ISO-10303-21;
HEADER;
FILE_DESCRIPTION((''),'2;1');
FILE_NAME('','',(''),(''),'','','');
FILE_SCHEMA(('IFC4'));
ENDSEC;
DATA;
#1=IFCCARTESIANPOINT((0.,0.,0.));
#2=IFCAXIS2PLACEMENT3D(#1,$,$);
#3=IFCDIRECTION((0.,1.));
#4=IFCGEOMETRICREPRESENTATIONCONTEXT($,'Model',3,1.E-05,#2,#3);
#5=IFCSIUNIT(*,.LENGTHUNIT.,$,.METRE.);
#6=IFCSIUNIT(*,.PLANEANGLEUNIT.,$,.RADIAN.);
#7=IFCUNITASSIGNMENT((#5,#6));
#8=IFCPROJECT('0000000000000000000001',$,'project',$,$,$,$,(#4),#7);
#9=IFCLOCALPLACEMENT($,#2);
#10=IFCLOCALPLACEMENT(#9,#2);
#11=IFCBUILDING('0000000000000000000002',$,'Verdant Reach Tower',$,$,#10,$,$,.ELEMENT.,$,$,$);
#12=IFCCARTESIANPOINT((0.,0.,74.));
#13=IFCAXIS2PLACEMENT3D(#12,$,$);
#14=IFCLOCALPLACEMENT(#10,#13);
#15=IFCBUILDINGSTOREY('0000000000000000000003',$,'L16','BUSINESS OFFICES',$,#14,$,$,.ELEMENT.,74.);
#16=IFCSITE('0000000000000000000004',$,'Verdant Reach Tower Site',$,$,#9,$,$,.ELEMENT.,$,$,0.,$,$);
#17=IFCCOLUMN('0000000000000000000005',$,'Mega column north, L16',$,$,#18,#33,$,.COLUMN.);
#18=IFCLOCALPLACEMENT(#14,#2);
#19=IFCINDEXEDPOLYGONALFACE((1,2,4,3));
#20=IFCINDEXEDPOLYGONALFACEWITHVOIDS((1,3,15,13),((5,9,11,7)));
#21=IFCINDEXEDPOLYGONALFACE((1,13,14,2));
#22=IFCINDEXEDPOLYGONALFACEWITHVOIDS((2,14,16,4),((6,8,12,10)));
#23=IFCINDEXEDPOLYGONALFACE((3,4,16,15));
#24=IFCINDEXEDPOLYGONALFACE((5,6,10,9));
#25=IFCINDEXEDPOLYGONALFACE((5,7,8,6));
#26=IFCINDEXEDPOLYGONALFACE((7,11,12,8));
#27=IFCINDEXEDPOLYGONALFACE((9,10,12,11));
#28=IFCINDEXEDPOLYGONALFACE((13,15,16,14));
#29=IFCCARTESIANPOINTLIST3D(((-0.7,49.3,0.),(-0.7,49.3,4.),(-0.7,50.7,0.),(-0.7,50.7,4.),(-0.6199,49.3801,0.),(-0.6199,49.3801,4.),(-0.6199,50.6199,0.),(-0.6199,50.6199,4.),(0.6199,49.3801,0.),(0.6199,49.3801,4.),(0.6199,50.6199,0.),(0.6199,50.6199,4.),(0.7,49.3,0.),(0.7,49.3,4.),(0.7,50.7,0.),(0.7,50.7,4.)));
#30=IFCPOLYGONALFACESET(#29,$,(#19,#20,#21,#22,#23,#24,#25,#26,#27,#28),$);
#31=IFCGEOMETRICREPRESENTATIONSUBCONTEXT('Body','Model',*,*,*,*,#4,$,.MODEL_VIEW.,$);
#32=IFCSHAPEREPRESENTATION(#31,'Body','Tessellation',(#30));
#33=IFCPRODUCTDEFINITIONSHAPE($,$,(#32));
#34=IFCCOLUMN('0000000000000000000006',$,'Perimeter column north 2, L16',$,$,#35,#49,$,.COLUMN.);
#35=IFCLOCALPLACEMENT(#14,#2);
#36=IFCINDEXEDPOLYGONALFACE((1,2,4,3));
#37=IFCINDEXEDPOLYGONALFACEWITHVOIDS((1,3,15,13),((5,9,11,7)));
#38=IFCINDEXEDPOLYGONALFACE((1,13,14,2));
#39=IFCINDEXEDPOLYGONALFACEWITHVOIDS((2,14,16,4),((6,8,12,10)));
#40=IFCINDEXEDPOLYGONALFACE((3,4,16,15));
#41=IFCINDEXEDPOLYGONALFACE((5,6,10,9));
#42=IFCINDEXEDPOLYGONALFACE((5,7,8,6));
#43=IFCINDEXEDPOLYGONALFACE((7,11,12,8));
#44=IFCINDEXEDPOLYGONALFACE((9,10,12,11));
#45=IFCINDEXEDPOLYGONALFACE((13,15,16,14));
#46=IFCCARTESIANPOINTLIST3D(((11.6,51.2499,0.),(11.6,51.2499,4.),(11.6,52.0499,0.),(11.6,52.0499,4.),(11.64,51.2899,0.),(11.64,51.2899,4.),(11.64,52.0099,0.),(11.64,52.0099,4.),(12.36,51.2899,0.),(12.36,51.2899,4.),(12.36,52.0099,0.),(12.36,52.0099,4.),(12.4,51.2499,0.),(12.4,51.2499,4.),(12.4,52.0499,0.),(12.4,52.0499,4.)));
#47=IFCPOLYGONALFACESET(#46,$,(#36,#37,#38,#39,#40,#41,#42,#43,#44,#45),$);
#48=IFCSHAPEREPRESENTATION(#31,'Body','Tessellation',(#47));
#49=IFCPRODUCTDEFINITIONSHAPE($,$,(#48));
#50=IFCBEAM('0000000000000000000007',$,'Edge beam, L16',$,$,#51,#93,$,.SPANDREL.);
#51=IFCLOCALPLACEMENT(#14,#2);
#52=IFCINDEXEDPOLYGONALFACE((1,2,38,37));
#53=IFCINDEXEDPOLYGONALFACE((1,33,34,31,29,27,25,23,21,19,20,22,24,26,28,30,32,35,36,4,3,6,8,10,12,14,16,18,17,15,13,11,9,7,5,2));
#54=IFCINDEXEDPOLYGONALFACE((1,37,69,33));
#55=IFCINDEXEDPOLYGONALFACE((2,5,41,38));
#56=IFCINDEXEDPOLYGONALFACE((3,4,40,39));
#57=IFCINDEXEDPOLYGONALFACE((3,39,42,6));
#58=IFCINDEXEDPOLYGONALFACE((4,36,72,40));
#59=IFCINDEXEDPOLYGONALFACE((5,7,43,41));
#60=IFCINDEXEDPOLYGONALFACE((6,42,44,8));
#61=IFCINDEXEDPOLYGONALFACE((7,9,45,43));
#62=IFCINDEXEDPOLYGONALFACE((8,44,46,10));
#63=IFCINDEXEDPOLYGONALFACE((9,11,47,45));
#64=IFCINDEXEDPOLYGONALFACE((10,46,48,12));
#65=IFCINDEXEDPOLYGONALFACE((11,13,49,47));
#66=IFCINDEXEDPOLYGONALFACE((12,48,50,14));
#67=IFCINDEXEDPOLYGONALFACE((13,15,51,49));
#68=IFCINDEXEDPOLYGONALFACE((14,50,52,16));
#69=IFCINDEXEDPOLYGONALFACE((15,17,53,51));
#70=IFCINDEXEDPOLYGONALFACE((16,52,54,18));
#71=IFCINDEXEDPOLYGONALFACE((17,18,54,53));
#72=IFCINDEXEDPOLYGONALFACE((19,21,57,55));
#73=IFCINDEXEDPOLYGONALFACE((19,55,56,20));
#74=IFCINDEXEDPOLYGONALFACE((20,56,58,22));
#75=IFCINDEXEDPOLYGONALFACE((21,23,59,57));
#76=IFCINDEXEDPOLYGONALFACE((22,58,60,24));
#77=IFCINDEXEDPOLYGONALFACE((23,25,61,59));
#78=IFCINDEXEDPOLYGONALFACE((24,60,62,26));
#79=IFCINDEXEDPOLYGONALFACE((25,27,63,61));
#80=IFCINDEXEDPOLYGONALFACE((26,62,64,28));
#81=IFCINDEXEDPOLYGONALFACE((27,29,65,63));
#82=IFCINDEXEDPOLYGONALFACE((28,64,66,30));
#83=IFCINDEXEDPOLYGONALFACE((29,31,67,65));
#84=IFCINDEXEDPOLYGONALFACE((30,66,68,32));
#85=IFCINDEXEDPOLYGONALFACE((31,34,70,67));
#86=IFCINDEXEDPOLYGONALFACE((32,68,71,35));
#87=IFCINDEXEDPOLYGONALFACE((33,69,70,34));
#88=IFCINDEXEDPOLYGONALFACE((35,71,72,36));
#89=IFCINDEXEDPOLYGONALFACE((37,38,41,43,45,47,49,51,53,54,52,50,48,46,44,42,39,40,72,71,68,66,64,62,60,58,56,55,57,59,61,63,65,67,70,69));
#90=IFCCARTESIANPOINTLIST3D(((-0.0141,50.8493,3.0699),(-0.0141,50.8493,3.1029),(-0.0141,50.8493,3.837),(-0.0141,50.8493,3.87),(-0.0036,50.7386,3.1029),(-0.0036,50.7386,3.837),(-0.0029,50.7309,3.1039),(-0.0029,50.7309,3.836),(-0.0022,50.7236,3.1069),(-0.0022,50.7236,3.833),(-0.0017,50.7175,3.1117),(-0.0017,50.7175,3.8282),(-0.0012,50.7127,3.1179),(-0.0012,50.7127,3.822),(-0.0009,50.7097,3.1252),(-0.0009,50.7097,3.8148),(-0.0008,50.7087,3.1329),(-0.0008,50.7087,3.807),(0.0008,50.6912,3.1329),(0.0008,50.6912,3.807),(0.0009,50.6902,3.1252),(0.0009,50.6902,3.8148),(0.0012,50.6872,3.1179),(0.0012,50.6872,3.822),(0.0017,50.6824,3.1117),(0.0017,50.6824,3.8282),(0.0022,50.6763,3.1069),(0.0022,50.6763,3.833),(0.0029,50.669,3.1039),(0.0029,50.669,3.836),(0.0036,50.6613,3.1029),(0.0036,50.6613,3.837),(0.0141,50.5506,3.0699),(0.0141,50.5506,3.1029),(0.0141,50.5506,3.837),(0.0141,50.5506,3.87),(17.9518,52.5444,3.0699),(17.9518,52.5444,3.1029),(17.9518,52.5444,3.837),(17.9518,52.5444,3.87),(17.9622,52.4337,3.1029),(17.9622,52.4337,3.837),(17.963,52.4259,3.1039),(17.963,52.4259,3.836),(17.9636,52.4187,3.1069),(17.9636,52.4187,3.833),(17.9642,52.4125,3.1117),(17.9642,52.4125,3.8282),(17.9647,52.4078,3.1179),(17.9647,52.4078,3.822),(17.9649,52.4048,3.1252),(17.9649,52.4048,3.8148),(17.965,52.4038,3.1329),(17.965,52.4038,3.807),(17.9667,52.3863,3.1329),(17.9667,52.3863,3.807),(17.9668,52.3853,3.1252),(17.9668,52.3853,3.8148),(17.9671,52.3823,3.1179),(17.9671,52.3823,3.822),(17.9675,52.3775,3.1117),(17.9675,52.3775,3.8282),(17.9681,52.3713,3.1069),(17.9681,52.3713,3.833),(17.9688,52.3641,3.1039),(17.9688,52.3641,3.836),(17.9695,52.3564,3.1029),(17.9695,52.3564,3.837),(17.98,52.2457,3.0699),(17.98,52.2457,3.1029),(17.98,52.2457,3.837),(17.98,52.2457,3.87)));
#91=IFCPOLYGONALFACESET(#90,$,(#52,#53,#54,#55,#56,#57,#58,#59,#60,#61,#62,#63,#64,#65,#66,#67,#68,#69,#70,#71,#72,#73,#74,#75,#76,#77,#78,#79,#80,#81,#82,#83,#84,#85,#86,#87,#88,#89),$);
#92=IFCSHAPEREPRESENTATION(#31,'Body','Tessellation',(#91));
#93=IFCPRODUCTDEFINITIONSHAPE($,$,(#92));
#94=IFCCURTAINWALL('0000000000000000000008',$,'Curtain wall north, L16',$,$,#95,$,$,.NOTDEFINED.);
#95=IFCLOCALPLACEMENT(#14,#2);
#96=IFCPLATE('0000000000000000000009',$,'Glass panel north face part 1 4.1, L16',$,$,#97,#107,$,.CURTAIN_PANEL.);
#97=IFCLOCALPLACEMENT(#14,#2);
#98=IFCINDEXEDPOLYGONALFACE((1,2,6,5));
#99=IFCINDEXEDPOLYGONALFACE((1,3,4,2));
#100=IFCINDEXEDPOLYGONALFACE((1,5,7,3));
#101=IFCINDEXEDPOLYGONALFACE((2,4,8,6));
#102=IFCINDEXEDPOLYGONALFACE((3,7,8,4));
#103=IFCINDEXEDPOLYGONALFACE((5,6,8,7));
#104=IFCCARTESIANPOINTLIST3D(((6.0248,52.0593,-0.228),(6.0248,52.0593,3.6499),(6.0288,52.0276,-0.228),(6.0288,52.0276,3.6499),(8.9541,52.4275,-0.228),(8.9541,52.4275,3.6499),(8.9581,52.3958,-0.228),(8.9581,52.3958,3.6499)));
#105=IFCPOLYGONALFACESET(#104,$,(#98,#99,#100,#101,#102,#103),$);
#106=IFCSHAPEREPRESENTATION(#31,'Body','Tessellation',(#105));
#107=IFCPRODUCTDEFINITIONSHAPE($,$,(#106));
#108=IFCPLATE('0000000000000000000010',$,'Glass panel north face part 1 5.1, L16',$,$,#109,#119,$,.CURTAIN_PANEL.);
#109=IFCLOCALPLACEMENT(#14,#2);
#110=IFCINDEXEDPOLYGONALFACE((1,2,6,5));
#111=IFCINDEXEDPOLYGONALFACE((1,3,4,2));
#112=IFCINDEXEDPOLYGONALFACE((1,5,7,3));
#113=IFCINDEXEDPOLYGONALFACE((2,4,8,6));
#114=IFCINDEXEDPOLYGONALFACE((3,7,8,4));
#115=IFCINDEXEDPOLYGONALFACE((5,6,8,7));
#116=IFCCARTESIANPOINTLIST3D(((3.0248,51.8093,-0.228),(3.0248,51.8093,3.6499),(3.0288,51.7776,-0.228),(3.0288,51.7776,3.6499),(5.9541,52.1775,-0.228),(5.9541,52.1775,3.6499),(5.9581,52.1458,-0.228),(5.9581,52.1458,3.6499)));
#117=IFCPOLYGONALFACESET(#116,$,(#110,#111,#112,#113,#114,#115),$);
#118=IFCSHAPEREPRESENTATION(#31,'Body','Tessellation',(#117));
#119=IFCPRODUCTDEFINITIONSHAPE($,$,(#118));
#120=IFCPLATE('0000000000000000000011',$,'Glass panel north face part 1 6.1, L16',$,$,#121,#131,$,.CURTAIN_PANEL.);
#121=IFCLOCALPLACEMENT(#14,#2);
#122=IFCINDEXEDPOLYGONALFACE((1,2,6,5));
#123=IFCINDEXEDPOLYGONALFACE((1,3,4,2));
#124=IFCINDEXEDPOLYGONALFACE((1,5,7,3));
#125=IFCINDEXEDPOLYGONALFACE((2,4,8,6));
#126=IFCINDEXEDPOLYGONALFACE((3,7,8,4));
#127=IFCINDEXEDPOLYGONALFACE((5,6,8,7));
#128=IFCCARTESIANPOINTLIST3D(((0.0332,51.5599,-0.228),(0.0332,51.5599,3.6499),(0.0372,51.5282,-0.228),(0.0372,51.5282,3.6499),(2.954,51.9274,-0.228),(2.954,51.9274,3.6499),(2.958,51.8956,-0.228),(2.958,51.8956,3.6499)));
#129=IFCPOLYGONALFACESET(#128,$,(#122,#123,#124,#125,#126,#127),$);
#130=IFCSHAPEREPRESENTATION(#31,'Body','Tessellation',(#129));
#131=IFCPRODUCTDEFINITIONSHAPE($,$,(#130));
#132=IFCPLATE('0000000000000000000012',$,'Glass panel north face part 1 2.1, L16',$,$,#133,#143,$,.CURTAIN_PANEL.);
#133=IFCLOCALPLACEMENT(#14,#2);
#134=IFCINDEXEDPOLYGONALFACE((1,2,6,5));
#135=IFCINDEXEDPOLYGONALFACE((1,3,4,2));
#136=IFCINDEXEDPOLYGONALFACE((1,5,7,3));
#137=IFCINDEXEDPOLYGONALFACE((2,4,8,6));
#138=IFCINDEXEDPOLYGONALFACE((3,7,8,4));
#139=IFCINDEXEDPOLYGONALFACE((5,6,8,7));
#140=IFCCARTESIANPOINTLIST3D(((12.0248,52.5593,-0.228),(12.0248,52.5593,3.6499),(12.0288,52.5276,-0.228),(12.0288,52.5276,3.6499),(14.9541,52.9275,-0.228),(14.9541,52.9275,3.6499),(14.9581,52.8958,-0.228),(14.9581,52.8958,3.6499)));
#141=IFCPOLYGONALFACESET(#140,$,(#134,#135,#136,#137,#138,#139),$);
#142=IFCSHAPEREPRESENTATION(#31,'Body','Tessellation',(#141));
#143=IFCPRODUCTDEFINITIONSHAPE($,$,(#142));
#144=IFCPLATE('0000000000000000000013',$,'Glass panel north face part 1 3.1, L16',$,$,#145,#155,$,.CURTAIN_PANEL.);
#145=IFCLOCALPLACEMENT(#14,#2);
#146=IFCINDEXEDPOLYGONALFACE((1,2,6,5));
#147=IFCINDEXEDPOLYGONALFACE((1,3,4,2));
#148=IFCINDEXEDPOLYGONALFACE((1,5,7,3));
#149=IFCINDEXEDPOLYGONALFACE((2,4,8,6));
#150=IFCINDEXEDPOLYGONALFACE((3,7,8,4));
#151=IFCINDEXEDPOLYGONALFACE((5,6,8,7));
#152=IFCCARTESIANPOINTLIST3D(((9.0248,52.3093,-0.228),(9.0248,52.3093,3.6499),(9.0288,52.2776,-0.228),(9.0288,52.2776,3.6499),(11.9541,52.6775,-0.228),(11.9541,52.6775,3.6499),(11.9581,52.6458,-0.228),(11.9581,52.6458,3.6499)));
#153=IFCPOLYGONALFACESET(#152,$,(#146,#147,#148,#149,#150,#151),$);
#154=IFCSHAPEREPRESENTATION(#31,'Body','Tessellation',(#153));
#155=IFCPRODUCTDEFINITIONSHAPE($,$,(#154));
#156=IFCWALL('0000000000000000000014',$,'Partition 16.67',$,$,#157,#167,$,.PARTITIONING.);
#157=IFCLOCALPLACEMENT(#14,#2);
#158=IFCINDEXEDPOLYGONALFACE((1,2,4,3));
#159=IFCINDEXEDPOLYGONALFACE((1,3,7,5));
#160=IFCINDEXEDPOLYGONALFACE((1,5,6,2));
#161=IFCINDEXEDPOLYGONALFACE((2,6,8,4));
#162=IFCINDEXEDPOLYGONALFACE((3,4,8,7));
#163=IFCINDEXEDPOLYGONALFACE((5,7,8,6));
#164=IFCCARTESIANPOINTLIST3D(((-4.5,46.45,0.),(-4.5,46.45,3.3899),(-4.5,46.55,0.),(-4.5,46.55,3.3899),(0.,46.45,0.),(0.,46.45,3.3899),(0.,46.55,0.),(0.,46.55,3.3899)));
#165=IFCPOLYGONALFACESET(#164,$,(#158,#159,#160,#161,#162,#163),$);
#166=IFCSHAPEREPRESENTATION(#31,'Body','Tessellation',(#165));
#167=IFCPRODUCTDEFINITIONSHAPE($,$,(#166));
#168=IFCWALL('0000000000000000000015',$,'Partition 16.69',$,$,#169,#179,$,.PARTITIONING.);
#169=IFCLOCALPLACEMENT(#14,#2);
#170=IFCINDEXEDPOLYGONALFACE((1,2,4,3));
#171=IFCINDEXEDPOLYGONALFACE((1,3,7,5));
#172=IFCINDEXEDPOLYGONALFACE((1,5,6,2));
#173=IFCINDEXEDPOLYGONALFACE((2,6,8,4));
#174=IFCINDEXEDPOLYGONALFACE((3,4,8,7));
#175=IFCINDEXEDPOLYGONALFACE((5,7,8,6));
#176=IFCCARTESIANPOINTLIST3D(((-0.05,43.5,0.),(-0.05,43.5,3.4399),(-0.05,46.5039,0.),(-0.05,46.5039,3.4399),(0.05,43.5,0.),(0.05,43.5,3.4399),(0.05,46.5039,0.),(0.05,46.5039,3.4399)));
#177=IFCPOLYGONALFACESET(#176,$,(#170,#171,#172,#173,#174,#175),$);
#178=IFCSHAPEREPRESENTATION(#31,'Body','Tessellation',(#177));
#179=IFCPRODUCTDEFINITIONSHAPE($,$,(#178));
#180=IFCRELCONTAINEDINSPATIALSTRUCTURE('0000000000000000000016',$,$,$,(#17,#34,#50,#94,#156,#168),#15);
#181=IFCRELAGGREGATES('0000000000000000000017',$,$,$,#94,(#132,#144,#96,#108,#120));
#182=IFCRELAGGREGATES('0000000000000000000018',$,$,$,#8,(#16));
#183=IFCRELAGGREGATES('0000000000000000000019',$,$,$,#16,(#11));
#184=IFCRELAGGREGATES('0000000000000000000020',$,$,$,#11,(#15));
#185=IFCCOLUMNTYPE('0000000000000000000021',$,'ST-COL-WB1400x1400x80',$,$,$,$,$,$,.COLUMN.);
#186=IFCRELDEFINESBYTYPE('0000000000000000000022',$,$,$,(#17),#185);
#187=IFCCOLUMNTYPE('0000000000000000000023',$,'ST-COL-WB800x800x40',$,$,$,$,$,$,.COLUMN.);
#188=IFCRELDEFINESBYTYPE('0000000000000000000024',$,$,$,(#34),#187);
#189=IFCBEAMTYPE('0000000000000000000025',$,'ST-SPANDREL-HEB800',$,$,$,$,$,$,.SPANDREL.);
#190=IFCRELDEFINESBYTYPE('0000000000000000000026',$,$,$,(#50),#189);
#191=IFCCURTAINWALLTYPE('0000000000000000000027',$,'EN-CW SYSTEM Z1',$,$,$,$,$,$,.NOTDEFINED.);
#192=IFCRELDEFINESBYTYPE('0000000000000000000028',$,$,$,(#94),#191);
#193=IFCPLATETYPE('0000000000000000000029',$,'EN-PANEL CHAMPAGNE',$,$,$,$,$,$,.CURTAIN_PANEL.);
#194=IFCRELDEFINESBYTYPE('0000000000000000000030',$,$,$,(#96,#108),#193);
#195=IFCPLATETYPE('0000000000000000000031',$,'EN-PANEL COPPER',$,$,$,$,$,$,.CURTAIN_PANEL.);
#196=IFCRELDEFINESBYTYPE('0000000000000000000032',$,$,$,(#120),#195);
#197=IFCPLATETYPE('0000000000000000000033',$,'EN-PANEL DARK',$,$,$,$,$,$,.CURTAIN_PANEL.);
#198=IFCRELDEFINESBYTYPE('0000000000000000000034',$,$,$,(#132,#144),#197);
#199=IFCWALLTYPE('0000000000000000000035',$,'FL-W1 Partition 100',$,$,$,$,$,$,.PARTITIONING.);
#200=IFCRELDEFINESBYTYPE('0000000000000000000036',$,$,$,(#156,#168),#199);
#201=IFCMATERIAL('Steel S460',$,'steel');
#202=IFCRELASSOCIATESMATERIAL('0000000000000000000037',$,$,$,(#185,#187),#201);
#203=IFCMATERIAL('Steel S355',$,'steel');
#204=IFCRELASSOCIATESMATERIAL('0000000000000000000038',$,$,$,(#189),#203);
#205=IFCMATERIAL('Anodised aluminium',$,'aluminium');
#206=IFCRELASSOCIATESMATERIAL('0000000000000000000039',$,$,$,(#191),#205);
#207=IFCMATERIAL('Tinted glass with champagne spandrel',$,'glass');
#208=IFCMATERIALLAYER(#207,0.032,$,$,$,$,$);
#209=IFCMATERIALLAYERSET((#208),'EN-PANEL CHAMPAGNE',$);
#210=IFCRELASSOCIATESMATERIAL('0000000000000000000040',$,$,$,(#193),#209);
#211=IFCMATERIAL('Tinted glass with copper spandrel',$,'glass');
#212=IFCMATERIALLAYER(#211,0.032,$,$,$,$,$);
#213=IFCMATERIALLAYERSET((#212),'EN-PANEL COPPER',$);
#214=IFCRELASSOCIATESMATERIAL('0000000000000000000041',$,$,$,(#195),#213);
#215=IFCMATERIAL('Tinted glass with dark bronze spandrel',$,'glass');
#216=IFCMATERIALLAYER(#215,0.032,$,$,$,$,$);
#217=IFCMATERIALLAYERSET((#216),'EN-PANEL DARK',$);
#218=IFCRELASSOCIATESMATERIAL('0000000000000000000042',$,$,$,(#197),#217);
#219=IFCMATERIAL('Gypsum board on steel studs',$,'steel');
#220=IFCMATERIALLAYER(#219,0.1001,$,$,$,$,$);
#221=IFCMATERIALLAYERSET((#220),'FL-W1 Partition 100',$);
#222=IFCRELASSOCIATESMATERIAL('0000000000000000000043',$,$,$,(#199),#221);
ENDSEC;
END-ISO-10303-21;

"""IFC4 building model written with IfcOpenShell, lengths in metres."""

from ifc_helpers import new_model, si_unit, direction, frame, frame_2d, origin, origin_2d, place, context, subcontext, project, spatial, rectangle, hollow_rectangle, i_section, extrude, material, layer, layer_set, material_profile, profile_set, type_object, element, aggregate, save


model = new_model("IFC4")

# Units and contexts
model_context = context("Model", 3, precision=1e-05, world=origin(), true_north=direction((0.0, 1.0)))
body_context = subcontext(model_context, "Body", "Model", "MODEL_VIEW")
ifc_project = project(units=[si_unit("LENGTHUNIT", "METRE"), si_unit("PLANEANGLEUNIT", "RADIAN")], contexts=[model_context])

# Site, building, storey
site_placement = place(None, origin())
site = spatial("IfcSite", under=ifc_project, at=site_placement, Name="Verdant Reach Tower Site", CompositionType="ELEMENT", RefElevation=0.0)
building_placement = place(site_placement, origin())
building = spatial("IfcBuilding", under=site, at=building_placement, Name="Verdant Reach Tower", CompositionType="ELEMENT")
storey_placement = place(building_placement, frame((0.0, 0.0, 74.0)))
storey = spatial("IfcBuildingStorey", under=building, at=storey_placement, Name="L16", Description="BUSINESS OFFICES", CompositionType="ELEMENT", Elevation=74.0)

# Columns
ifc_material_1 = material(Name="Steel S460", Category="steel")
ifc_material_profile_1 = material_profile(ifc_material_1, hollow_rectangle(XDim=1.3999, YDim=1.3999, WallThickness=0.0801, at=origin_2d()), Name="WB 1400x1400x80")
ifc_profile_set_1 = profile_set([ifc_material_profile_1], Name="Steel S460")
column_type_1 = type_object("IfcColumnType", Name="ST-COL-WB1400x1400x80", PredefinedType="COLUMN", material=ifc_profile_set_1)
column_1_placement = place(storey_placement, frame((0.0, 50.0, 0.0), z_axis=(0.0, 0.0, 1.0), x_axis=(1.0, 0.0, 0.0)))
element("IfcColumn", 1, at=column_1_placement, inside=storey, type_object=column_type_1, Name="Mega column north, L16", PredefinedType="COLUMN", context=body_context, shape_type="SweptSolid", body=[
    extrude(hollow_rectangle(XDim=1.3999, YDim=1.3999, WallThickness=0.0801, at=origin_2d()), origin(), (0.0, 0.0, 1.0), 4.0),
])
ifc_material_profile_2 = material_profile(ifc_material_1, hollow_rectangle(XDim=0.8, YDim=0.8, WallThickness=0.04, at=origin_2d()), Name="WB 800x800x40")
ifc_profile_set_2 = profile_set([ifc_material_profile_2], Name="Steel S460")
column_type_2 = type_object("IfcColumnType", Name="ST-COL-WB800x800x40", PredefinedType="COLUMN", material=ifc_profile_set_2)
column_2_placement = place(storey_placement, frame((12.0, 51.6499, 0.0), z_axis=(0.0, 0.0, 1.0), x_axis=(1.0, 0.0, 0.0)))
element("IfcColumn", 2, at=column_2_placement, inside=storey, type_object=column_type_2, Name="Perimeter column north 2, L16", PredefinedType="COLUMN", context=body_context, shape_type="SweptSolid", body=[
    extrude(hollow_rectangle(XDim=0.8, YDim=0.8, WallThickness=0.04, at=origin_2d()), origin(), (0.0, 0.0, 1.0), 4.0),
])

# Beam
ifc_material_2 = material(Name="Steel S355", Category="steel")
ifc_material_profile_3 = material_profile(ifc_material_2, i_section(OverallWidth=0.3, OverallDepth=0.8, WebThickness=0.0176, FlangeThickness=0.033, FilletRadius=0.03, at=origin_2d()), Name="HEB 800")
ifc_profile_set_3 = profile_set([ifc_material_profile_3], Name="Steel S355")
beam_type = type_object("IfcBeamType", Name="ST-SPANDREL-HEB800", PredefinedType="SPANDREL", material=ifc_profile_set_3)
beam_placement = place(storey_placement, frame((0.0, 50.7, 3.47), z_axis=(0.995579, 0.093932, 0.0), x_axis=(-0.093932, 0.995579, 0.0)))
element("IfcBeam", 3, at=beam_placement, inside=storey, type_object=beam_type, Name="Edge beam, L16", PredefinedType="SPANDREL", context=body_context, shape_type="SweptSolid", body=[
    extrude(i_section(OverallWidth=0.3, OverallDepth=0.8, WebThickness=0.0176, FlangeThickness=0.033, FilletRadius=0.03, at=origin_2d()), origin(), (0.0, 0.0, 1.0), 18.0457),
])

# Curtain wall, plates
ifc_material_3 = material(Name="Anodised aluminium", Category="aluminium")
curtain_wall_type = type_object("IfcCurtainWallType", Name="EN-CW SYSTEM Z1", PredefinedType="NOTDEFINED", material=ifc_material_3)
curtain_wall_placement = place(storey_placement, origin())
curtain_wall = element("IfcCurtainWall", 4, at=curtain_wall_placement, inside=storey, type_object=curtain_wall_type, Name="Curtain wall north, L16", PredefinedType="NOTDEFINED")
ifc_material_4 = material(Name="Tinted glass with champagne spandrel", Category="glass")
ifc_layer_1 = layer(ifc_material_4, 0.032)
ifc_layer_set_1 = layer_set([ifc_layer_1], Name="EN-PANEL CHAMPAGNE")
plate_type_1 = type_object("IfcPlateType", Name="EN-PANEL CHAMPAGNE", PredefinedType="CURTAIN_PANEL", material=ifc_layer_set_1)
plate_1_placement = place(storey_placement, frame((7.4915, 52.2275, -0.228), z_axis=(0.0, 0.0, 1.0), x_axis=(-0.992194, -0.124704, 0.0)))
plate_1 = element("IfcPlate", 5, at=plate_1_placement, type_object=plate_type_1, Name="Glass panel north face part 1 4.1, L16", PredefinedType="CURTAIN_PANEL", context=body_context, shape_type="SweptSolid", body=[
    extrude(rectangle(XDim=2.9524, YDim=0.032, at=origin_2d()), origin(), (0.0, 0.0, 1.0), 3.8779),
])
plate_2_placement = place(storey_placement, frame((4.4915, 51.9775, -0.228), z_axis=(0.0, 0.0, 1.0), x_axis=(-0.992194, -0.124704, 0.0)))
plate_2 = element("IfcPlate", 6, at=plate_2_placement, type_object=plate_type_1, Name="Glass panel north face part 1 5.1, L16", PredefinedType="CURTAIN_PANEL", context=body_context, shape_type="SweptSolid", body=[
    extrude(rectangle(XDim=2.9524, YDim=0.032, at=origin_2d()), origin(), (0.0, 0.0, 1.0), 3.8779),
])
ifc_material_5 = material(Name="Tinted glass with copper spandrel", Category="glass")
ifc_layer_2 = layer(ifc_material_5, 0.032)
ifc_layer_set_2 = layer_set([ifc_layer_2], Name="EN-PANEL COPPER")
plate_type_2 = type_object("IfcPlateType", Name="EN-PANEL COPPER", PredefinedType="CURTAIN_PANEL", material=ifc_layer_set_2)
plate_3_placement = place(storey_placement, frame((1.4956, 51.7278, -0.228), z_axis=(0.0, 0.0, 1.0), x_axis=(-0.992179, -0.124821, 0.0)))
plate_3 = element("IfcPlate", 7, at=plate_3_placement, type_object=plate_type_2, Name="Glass panel north face part 1 6.1, L16", PredefinedType="CURTAIN_PANEL", context=body_context, shape_type="SweptSolid", body=[
    extrude(rectangle(XDim=2.9438, YDim=0.032, at=origin_2d()), origin(), (0.0, 0.0, 1.0), 3.8779),
])
ifc_material_6 = material(Name="Tinted glass with dark bronze spandrel", Category="glass")
ifc_layer_3 = layer(ifc_material_6, 0.032)
ifc_layer_set_3 = layer_set([ifc_layer_3], Name="EN-PANEL DARK")
plate_type_3 = type_object("IfcPlateType", Name="EN-PANEL DARK", PredefinedType="CURTAIN_PANEL", material=ifc_layer_set_3)
plate_4_placement = place(storey_placement, frame((13.4915, 52.7275, -0.228), z_axis=(0.0, 0.0, 1.0), x_axis=(-0.992194, -0.124704, 0.0)))
plate_4 = element("IfcPlate", 8, at=plate_4_placement, type_object=plate_type_3, Name="Glass panel north face part 1 2.1, L16", PredefinedType="CURTAIN_PANEL", context=body_context, shape_type="SweptSolid", body=[
    extrude(rectangle(XDim=2.9524, YDim=0.032, at=origin_2d()), origin(), (0.0, 0.0, 1.0), 3.8779),
])
plate_5_placement = place(storey_placement, frame((10.4915, 52.4775, -0.228), z_axis=(0.0, 0.0, 1.0), x_axis=(-0.992194, -0.124704, 0.0)))
plate_5 = element("IfcPlate", 9, at=plate_5_placement, type_object=plate_type_3, Name="Glass panel north face part 1 3.1, L16", PredefinedType="CURTAIN_PANEL", context=body_context, shape_type="SweptSolid", body=[
    extrude(rectangle(XDim=2.9524, YDim=0.032, at=origin_2d()), origin(), (0.0, 0.0, 1.0), 3.8779),
])
aggregate(curtain_wall, [plate_4, plate_5, plate_1, plate_2, plate_3])

# Walls
ifc_material_7 = material(Name="Gypsum board on steel studs", Category="steel")
ifc_layer_4 = layer(ifc_material_7, 0.1001)
ifc_layer_set_4 = layer_set([ifc_layer_4], Name="FL-W1 Partition 100")
wall_type_1 = type_object("IfcWallType", Name="FL-W1 Partition 100", PredefinedType="PARTITIONING", material=ifc_layer_set_4)
wall_1_placement = place(storey_placement, frame((0.0, 46.5, 0.0), z_axis=(0.0, 0.0, 1.0), x_axis=(-1.0, 0.0, 0.0)))
element("IfcWall", 10, at=wall_1_placement, inside=storey, type_object=wall_type_1, Name="Partition 16.67", PredefinedType="PARTITIONING", context=body_context, shape_type="SweptSolid", body=[
    extrude(rectangle(XDim=4.5, YDim=0.1001, at=frame_2d((2.25, 0.0))), origin(), (0.0, 0.0, 1.0), 3.3899),
])
wall_2_placement = place(storey_placement, frame((0.0, 43.5, 0.0), z_axis=(0.0, 0.0, 1.0), x_axis=(0.0, 1.0, 0.0)))
element("IfcWall", 11, at=wall_2_placement, inside=storey, type_object=wall_type_1, Name="Partition 16.69", PredefinedType="PARTITIONING", context=body_context, shape_type="SweptSolid", body=[
    extrude(rectangle(XDim=3.0039, YDim=0.1001, at=frame_2d((1.502, 0.0))), origin(), (0.0, 0.0, 1.0), 3.4399),
])

save(model, "model.ifc")
